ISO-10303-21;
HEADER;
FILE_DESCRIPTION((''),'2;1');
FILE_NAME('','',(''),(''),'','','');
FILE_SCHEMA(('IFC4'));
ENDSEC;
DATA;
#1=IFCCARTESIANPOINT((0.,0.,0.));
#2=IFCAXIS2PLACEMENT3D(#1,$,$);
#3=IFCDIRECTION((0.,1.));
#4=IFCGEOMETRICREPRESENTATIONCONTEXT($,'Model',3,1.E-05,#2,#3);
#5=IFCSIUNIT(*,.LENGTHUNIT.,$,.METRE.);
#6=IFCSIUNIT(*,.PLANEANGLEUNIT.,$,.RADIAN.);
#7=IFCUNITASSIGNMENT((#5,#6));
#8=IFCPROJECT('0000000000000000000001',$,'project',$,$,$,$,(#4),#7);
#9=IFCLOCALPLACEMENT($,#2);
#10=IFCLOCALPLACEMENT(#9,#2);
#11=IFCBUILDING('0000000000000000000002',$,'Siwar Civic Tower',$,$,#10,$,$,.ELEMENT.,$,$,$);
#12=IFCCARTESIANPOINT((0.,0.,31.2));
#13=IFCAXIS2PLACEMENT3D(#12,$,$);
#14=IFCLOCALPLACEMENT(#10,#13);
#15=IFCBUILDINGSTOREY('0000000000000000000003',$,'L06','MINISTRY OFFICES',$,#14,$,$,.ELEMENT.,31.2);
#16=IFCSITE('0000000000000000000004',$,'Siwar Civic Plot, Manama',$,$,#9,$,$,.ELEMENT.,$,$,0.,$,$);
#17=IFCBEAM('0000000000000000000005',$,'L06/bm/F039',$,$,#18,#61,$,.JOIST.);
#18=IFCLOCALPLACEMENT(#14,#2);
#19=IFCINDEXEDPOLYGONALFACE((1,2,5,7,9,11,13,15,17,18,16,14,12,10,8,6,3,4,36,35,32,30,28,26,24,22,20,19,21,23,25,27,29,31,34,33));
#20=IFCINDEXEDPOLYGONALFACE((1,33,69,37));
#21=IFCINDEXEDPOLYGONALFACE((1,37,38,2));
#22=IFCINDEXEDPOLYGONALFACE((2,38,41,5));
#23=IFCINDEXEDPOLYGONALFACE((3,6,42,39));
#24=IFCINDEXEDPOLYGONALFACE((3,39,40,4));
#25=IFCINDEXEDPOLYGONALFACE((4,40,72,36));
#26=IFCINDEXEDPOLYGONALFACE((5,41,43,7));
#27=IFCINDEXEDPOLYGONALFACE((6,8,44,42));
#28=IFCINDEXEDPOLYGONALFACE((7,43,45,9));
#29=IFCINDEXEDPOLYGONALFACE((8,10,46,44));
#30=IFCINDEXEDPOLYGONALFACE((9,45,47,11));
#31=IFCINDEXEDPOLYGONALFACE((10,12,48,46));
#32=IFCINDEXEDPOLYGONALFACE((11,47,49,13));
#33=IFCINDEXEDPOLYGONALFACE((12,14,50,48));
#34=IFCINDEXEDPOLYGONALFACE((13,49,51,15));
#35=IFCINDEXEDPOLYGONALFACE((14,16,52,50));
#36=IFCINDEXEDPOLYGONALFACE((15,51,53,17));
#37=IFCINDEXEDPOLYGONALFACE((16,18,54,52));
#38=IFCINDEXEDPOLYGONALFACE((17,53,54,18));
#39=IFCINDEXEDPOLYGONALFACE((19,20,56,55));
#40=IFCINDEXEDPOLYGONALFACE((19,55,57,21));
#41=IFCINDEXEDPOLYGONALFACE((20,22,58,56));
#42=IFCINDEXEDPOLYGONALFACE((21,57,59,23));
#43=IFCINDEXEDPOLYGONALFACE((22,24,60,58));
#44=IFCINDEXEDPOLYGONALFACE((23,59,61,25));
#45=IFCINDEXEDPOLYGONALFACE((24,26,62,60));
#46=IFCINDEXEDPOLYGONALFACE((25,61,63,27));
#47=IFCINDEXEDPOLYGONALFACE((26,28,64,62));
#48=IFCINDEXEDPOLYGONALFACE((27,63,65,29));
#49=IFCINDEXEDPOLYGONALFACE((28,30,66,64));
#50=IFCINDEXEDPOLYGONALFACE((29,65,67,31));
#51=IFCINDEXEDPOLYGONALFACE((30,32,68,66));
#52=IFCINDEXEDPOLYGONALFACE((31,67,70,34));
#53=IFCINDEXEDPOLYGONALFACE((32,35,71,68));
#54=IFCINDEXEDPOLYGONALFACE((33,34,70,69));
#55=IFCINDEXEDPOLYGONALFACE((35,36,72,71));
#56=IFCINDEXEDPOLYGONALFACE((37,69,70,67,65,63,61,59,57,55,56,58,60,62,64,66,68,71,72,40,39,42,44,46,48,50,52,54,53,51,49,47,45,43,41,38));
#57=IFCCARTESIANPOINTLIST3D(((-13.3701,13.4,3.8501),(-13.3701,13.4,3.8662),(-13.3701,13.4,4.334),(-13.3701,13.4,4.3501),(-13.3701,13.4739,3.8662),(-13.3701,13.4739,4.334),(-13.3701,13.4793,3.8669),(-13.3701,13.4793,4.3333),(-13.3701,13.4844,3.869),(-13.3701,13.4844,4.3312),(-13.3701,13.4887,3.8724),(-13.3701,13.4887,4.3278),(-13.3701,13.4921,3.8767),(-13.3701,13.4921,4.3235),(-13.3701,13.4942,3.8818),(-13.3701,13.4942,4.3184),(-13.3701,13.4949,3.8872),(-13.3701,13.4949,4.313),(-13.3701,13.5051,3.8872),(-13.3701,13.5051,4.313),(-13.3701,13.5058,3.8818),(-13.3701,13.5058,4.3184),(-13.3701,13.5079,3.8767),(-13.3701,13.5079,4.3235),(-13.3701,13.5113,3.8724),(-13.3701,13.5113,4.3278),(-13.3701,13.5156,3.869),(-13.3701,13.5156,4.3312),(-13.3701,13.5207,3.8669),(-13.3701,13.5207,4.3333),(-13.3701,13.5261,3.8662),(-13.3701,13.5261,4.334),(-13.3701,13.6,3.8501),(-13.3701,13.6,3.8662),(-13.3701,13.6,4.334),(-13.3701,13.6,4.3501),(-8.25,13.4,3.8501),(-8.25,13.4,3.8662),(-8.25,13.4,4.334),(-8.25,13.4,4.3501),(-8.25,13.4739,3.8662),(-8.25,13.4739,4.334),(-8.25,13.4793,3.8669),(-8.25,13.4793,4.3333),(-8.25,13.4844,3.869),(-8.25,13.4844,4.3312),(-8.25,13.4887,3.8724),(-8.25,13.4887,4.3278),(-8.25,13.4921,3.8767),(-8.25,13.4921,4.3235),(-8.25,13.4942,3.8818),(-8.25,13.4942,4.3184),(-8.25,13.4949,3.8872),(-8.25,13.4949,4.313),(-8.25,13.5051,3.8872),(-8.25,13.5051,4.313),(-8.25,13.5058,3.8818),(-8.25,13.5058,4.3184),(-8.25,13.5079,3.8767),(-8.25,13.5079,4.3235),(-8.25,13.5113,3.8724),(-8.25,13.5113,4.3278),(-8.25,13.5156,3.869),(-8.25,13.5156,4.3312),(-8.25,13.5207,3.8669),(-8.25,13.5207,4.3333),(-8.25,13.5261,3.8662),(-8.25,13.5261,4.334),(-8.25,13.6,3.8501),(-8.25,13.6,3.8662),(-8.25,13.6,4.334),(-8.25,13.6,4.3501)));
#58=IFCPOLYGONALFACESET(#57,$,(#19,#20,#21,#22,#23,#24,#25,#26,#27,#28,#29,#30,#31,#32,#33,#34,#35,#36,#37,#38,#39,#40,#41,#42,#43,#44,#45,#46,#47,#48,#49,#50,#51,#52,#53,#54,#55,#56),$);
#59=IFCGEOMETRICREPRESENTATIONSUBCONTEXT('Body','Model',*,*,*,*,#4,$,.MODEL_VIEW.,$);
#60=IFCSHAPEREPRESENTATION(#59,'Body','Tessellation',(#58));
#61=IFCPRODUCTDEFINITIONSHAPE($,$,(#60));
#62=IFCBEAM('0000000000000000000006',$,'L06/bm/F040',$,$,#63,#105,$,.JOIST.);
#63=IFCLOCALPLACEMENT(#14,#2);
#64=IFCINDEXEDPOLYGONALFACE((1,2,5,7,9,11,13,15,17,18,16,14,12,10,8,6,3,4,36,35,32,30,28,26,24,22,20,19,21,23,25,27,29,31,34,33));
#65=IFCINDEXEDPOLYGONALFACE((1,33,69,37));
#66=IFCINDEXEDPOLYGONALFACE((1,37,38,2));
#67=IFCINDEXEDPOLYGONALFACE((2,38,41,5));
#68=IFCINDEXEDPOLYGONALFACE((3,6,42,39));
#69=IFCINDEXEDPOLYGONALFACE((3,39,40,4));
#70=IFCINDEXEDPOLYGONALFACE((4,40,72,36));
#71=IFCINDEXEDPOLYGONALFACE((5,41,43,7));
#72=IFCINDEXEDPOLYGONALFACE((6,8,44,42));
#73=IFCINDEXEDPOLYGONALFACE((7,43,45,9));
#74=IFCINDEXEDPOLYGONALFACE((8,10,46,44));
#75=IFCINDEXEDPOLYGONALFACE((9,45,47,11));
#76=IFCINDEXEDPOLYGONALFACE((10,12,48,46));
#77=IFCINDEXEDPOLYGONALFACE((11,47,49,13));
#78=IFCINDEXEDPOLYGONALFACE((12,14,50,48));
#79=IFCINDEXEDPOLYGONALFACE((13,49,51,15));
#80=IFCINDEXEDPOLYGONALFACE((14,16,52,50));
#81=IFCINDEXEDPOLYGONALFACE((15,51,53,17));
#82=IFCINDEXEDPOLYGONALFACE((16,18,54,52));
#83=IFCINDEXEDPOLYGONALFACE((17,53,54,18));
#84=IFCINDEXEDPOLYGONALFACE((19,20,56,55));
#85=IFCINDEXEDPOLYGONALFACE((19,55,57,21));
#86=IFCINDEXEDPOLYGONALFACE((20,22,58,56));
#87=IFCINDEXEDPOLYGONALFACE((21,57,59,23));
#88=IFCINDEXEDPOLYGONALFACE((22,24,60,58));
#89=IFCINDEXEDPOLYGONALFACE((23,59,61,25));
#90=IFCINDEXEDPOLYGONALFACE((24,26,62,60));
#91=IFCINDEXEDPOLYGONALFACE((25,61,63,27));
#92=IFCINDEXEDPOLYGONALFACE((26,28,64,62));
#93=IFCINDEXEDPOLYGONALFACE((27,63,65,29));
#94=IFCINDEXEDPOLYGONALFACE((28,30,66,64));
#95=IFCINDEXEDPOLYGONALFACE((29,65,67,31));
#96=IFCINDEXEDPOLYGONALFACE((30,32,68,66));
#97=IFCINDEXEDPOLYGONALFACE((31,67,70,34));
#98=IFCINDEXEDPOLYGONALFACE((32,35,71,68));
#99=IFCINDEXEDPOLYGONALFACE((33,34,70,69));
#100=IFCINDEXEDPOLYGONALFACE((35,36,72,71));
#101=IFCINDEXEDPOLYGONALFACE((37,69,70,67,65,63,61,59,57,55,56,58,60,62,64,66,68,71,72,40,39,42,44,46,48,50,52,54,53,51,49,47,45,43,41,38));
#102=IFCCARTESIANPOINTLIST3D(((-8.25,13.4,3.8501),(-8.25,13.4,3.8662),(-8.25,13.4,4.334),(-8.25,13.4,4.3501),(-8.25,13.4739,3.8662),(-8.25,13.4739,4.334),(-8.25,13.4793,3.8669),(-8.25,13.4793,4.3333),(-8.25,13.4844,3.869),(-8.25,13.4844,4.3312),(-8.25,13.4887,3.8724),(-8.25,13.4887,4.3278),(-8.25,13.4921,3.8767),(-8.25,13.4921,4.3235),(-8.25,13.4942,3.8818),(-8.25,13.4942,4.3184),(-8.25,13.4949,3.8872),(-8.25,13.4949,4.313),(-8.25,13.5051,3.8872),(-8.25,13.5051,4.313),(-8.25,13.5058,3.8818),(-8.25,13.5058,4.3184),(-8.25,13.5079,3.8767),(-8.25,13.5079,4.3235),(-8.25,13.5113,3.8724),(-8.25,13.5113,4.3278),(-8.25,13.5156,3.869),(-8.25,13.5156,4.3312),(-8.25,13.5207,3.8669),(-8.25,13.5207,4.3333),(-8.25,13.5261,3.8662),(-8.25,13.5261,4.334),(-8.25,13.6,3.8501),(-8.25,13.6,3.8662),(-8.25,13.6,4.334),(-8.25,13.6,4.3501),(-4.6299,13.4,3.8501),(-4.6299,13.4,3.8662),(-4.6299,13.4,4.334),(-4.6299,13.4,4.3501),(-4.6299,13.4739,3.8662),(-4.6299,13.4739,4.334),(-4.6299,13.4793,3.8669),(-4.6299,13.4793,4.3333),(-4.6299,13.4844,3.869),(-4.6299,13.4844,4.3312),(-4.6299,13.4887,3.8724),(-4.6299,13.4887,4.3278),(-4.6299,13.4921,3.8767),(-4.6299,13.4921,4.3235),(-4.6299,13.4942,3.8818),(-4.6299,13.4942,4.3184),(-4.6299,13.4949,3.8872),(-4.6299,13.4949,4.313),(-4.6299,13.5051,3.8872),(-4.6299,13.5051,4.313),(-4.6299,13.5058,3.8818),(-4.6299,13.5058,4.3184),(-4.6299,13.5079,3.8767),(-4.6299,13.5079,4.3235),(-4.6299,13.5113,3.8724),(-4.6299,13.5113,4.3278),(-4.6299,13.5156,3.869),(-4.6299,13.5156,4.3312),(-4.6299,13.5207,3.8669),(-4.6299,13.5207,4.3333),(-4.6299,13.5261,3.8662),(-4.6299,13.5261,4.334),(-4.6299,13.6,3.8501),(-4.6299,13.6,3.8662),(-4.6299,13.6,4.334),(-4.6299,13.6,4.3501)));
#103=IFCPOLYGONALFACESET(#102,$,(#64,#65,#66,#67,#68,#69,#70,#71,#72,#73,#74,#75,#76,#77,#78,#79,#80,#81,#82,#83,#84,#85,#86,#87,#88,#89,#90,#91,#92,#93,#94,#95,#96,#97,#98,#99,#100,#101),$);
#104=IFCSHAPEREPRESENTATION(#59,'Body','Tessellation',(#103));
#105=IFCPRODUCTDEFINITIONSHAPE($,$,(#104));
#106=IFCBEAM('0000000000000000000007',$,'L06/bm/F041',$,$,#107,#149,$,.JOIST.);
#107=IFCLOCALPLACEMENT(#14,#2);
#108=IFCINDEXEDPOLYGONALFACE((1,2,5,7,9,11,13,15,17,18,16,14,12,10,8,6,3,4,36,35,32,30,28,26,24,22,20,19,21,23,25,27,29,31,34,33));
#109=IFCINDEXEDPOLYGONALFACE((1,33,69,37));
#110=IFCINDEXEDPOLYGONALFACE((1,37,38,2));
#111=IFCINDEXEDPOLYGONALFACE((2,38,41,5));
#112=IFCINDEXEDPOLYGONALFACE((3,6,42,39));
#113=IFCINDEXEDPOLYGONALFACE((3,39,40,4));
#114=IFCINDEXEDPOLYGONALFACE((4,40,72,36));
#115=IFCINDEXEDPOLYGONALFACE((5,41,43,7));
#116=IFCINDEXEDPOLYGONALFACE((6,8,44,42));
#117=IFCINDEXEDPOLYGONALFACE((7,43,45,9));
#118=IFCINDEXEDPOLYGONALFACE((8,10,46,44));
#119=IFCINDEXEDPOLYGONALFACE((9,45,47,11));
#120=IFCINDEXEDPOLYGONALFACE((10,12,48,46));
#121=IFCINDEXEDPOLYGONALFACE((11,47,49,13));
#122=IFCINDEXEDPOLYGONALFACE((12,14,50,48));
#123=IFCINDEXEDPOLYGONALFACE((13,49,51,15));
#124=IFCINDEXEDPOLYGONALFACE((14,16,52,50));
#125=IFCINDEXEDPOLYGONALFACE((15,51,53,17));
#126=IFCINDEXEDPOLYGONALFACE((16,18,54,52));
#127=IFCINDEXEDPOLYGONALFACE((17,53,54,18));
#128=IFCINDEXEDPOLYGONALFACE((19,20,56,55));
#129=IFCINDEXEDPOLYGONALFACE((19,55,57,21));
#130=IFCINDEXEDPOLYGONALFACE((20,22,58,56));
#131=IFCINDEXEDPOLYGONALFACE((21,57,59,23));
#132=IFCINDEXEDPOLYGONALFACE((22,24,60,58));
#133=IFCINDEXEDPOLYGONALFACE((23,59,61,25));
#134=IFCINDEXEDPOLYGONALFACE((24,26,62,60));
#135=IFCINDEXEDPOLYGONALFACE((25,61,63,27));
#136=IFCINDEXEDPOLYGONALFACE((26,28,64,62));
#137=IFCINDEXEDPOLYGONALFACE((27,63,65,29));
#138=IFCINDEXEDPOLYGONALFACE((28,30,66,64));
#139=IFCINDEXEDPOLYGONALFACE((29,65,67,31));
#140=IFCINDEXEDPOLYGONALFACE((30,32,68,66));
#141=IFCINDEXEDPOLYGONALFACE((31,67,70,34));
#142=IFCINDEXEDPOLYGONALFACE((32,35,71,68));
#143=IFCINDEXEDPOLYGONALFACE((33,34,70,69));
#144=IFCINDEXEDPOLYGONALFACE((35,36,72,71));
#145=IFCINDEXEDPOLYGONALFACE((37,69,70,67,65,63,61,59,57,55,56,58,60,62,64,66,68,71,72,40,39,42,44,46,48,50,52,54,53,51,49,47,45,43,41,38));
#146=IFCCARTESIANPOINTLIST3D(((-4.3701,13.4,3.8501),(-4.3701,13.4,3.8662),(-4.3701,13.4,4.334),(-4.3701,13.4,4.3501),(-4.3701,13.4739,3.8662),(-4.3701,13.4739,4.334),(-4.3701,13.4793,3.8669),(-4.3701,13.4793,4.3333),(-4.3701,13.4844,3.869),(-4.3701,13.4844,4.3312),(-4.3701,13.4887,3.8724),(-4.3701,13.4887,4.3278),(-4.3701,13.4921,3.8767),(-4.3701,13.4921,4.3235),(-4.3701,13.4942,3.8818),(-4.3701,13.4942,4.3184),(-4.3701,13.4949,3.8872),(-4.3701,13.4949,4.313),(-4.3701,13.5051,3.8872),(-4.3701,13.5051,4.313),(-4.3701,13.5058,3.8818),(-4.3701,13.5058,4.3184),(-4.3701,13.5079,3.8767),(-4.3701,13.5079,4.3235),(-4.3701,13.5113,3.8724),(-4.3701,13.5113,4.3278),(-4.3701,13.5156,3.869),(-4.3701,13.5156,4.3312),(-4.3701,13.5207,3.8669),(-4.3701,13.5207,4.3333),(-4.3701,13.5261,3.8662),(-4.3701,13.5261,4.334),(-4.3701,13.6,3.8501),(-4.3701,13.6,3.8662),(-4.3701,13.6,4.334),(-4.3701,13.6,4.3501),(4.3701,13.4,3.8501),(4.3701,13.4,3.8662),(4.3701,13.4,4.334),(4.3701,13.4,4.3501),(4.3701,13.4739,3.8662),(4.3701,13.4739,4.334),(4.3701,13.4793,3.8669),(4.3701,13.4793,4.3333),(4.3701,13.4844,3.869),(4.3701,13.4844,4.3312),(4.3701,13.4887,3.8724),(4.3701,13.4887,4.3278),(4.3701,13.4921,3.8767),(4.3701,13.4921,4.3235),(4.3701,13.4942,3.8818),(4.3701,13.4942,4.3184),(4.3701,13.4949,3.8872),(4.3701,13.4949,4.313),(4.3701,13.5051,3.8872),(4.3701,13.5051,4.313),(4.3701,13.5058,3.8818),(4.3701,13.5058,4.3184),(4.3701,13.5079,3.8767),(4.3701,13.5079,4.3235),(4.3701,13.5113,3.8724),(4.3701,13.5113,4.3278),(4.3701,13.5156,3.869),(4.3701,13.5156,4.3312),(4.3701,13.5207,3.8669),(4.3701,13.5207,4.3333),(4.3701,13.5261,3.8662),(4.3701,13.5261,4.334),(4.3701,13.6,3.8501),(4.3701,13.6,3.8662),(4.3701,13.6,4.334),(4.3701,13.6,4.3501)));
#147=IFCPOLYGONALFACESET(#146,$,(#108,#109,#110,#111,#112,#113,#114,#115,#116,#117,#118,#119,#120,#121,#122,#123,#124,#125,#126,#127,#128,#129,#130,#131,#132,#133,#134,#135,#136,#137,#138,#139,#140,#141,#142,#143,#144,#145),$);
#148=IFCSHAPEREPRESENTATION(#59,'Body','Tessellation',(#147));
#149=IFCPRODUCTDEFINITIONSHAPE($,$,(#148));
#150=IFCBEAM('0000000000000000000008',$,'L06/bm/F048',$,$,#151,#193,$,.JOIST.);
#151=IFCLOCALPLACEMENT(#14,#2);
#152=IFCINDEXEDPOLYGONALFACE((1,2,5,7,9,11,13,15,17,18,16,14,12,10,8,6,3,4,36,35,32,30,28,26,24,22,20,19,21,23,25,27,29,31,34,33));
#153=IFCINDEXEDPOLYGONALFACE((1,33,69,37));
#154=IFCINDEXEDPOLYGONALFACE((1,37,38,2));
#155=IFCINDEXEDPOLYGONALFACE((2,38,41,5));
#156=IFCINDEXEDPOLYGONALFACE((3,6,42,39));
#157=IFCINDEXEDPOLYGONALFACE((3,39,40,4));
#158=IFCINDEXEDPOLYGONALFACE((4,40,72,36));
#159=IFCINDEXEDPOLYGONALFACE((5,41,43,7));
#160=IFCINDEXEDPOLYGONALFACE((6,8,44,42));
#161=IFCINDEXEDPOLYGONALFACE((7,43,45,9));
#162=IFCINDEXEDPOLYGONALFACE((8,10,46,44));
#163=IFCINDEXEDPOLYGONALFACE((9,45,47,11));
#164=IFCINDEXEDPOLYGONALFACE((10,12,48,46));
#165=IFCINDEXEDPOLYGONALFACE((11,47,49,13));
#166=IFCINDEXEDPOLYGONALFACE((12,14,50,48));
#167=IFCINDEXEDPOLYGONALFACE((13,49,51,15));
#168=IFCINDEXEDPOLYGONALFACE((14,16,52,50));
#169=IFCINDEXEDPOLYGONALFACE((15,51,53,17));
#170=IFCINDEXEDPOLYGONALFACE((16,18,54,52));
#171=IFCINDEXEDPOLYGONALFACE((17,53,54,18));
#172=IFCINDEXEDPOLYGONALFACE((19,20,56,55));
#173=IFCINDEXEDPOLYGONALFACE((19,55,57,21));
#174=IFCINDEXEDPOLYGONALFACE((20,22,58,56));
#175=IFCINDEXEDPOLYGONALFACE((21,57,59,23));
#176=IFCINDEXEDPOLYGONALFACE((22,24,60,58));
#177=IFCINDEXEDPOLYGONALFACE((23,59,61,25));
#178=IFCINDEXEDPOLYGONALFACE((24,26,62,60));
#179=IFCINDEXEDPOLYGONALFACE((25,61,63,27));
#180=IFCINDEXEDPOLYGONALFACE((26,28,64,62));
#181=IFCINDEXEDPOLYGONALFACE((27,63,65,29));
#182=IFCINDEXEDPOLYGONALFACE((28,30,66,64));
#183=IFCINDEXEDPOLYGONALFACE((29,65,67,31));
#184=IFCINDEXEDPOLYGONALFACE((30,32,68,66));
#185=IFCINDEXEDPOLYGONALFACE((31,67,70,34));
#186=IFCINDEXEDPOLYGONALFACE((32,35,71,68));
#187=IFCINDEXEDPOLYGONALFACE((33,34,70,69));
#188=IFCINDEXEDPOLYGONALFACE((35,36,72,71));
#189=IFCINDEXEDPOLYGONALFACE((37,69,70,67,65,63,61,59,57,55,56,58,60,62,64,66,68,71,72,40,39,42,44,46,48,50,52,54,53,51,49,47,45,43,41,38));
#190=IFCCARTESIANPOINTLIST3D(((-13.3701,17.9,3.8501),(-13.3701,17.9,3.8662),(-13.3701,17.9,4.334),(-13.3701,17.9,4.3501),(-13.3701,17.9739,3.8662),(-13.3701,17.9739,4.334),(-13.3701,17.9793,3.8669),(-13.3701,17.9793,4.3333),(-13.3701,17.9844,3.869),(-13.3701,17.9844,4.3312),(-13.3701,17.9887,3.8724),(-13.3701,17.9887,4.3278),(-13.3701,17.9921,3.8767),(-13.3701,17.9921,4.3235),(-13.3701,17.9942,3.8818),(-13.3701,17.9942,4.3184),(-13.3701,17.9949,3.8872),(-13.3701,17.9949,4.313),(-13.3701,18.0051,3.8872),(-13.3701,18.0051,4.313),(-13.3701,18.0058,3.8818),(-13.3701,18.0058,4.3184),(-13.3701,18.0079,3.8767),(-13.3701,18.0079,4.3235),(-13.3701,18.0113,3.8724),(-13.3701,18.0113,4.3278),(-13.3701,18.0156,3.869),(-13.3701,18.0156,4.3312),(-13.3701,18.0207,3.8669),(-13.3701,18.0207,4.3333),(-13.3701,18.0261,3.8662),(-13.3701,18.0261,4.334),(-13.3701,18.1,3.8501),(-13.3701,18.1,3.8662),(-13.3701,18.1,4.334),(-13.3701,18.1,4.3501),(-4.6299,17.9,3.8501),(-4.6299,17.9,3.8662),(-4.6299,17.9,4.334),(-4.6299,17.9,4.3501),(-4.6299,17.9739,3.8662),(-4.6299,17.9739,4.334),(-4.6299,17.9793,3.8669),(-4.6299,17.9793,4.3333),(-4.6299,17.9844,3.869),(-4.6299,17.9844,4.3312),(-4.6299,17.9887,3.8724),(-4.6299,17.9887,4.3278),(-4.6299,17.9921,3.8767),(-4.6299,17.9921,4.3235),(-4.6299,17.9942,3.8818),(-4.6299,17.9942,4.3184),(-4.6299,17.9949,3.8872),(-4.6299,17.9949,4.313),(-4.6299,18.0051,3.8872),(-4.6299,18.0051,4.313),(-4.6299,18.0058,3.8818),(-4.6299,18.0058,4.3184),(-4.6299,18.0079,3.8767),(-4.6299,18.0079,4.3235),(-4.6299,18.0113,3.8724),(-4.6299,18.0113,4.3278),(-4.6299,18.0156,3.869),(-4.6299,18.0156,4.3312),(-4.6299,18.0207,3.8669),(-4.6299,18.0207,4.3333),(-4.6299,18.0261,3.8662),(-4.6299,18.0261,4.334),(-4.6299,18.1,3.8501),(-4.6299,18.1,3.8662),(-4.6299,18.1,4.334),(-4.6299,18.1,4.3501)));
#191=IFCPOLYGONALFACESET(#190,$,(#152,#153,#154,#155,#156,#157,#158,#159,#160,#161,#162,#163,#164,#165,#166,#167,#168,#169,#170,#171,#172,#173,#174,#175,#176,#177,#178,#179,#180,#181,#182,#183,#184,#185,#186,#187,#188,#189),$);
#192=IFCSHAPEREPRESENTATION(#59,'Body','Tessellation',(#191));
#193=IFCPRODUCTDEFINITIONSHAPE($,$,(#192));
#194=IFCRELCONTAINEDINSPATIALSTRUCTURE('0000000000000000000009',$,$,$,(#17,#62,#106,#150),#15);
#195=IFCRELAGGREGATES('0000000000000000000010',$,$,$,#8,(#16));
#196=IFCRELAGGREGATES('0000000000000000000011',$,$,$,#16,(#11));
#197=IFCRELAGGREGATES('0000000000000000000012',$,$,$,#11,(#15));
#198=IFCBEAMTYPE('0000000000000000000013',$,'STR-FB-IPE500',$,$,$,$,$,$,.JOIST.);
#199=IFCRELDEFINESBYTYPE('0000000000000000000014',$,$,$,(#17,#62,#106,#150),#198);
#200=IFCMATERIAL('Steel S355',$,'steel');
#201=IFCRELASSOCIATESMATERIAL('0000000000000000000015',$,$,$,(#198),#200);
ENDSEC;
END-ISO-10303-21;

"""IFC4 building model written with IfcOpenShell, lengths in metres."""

from ifc_helpers import new_model, si_unit, direction, frame, origin, origin_2d, place, context, subcontext, project, spatial, i_section, extrude, material, material_profile, profile_set, type_object, element, save


model = new_model("IFC4")

# Units and contexts
model_context = context("Model", 3, precision=1e-05, world=origin(), true_north=direction((0.0, 1.0)))
body_context = subcontext(model_context, "Body", "Model", "MODEL_VIEW")
ifc_project = project(units=[si_unit("LENGTHUNIT", "METRE"), si_unit("PLANEANGLEUNIT", "RADIAN")], contexts=[model_context])

# Site, building, storey
site_placement = place(None, origin())
site = spatial("IfcSite", under=ifc_project, at=site_placement, Name="Siwar Civic Plot, Manama", CompositionType="ELEMENT", RefElevation=0.0)
building_placement = place(site_placement, origin())
building = spatial("IfcBuilding", under=site, at=building_placement, Name="Siwar Civic Tower", CompositionType="ELEMENT")
storey_placement = place(building_placement, frame((0.0, 0.0, 31.2)))
storey = spatial("IfcBuildingStorey", under=building, at=storey_placement, Name="L06", Description="MINISTRY OFFICES", CompositionType="ELEMENT", Elevation=31.2)

# Beams
ifc_material_1 = material(Name="Steel S355", Category="steel")
ifc_material_profile_1 = material_profile(ifc_material_1, i_section(OverallWidth=0.2, OverallDepth=0.5, WebThickness=0.0103, FlangeThickness=0.0161, FilletRadius=0.021, at=origin_2d()), Name="IPE500")
ifc_profile_set_1 = profile_set([ifc_material_profile_1], Name="Steel S355")
beam_type_1 = type_object("IfcBeamType", Name="STR-FB-IPE500", PredefinedType="JOIST", material=ifc_profile_set_1)
beam_1_placement = place(storey_placement, frame((-13.3701, 13.5, 4.1001), z_axis=(1.0, 0.0, 0.0), x_axis=(0.0, 1.0, 0.0)))
element("IfcBeam", 1, at=beam_1_placement, inside=storey, type_object=beam_type_1, Name="L06/bm/F039", PredefinedType="JOIST", context=body_context, shape_type="SweptSolid", body=[
    extrude(i_section(OverallWidth=0.2, OverallDepth=0.5, WebThickness=0.0103, FlangeThickness=0.0161, FilletRadius=0.021, at=origin_2d()), origin(), (0.0, 0.0, 1.0), 5.1201),
])
beam_2_placement = place(storey_placement, frame((-8.25, 13.5, 4.1001), z_axis=(1.0, 0.0, 0.0), x_axis=(0.0, 1.0, 0.0)))
element("IfcBeam", 2, at=beam_2_placement, inside=storey, type_object=beam_type_1, Name="L06/bm/F040", PredefinedType="JOIST", context=body_context, shape_type="SweptSolid", body=[
    extrude(i_section(OverallWidth=0.2, OverallDepth=0.5, WebThickness=0.0103, FlangeThickness=0.0161, FilletRadius=0.021, at=origin_2d()), origin(), (0.0, 0.0, 1.0), 3.6201),
])
for number, where, z_axis, x_axis, name in (
    (3, (-4.3701, 13.5, 4.1001), (1.0, 0.0, 0.0), (0.0, 1.0, 0.0), "L06/bm/F041"),
    (4, (-13.3701, 18.0, 4.1001), (1.0, 0.0, 0.0), (0.0, 1.0, 0.0), "L06/bm/F048"),
):
    element("IfcBeam", number, at=place(storey_placement, frame(where, z_axis=z_axis, x_axis=x_axis)), inside=storey, type_object=beam_type_1, Name=name, PredefinedType="JOIST", context=body_context, shape_type="SweptSolid", body=[
        extrude(i_section(OverallWidth=0.2, OverallDepth=0.5, WebThickness=0.0103, FlangeThickness=0.0161, FilletRadius=0.021, at=origin_2d()), origin(), (0.0, 0.0, 1.0), 8.7402),
    ])

save(model, "model.ifc")
